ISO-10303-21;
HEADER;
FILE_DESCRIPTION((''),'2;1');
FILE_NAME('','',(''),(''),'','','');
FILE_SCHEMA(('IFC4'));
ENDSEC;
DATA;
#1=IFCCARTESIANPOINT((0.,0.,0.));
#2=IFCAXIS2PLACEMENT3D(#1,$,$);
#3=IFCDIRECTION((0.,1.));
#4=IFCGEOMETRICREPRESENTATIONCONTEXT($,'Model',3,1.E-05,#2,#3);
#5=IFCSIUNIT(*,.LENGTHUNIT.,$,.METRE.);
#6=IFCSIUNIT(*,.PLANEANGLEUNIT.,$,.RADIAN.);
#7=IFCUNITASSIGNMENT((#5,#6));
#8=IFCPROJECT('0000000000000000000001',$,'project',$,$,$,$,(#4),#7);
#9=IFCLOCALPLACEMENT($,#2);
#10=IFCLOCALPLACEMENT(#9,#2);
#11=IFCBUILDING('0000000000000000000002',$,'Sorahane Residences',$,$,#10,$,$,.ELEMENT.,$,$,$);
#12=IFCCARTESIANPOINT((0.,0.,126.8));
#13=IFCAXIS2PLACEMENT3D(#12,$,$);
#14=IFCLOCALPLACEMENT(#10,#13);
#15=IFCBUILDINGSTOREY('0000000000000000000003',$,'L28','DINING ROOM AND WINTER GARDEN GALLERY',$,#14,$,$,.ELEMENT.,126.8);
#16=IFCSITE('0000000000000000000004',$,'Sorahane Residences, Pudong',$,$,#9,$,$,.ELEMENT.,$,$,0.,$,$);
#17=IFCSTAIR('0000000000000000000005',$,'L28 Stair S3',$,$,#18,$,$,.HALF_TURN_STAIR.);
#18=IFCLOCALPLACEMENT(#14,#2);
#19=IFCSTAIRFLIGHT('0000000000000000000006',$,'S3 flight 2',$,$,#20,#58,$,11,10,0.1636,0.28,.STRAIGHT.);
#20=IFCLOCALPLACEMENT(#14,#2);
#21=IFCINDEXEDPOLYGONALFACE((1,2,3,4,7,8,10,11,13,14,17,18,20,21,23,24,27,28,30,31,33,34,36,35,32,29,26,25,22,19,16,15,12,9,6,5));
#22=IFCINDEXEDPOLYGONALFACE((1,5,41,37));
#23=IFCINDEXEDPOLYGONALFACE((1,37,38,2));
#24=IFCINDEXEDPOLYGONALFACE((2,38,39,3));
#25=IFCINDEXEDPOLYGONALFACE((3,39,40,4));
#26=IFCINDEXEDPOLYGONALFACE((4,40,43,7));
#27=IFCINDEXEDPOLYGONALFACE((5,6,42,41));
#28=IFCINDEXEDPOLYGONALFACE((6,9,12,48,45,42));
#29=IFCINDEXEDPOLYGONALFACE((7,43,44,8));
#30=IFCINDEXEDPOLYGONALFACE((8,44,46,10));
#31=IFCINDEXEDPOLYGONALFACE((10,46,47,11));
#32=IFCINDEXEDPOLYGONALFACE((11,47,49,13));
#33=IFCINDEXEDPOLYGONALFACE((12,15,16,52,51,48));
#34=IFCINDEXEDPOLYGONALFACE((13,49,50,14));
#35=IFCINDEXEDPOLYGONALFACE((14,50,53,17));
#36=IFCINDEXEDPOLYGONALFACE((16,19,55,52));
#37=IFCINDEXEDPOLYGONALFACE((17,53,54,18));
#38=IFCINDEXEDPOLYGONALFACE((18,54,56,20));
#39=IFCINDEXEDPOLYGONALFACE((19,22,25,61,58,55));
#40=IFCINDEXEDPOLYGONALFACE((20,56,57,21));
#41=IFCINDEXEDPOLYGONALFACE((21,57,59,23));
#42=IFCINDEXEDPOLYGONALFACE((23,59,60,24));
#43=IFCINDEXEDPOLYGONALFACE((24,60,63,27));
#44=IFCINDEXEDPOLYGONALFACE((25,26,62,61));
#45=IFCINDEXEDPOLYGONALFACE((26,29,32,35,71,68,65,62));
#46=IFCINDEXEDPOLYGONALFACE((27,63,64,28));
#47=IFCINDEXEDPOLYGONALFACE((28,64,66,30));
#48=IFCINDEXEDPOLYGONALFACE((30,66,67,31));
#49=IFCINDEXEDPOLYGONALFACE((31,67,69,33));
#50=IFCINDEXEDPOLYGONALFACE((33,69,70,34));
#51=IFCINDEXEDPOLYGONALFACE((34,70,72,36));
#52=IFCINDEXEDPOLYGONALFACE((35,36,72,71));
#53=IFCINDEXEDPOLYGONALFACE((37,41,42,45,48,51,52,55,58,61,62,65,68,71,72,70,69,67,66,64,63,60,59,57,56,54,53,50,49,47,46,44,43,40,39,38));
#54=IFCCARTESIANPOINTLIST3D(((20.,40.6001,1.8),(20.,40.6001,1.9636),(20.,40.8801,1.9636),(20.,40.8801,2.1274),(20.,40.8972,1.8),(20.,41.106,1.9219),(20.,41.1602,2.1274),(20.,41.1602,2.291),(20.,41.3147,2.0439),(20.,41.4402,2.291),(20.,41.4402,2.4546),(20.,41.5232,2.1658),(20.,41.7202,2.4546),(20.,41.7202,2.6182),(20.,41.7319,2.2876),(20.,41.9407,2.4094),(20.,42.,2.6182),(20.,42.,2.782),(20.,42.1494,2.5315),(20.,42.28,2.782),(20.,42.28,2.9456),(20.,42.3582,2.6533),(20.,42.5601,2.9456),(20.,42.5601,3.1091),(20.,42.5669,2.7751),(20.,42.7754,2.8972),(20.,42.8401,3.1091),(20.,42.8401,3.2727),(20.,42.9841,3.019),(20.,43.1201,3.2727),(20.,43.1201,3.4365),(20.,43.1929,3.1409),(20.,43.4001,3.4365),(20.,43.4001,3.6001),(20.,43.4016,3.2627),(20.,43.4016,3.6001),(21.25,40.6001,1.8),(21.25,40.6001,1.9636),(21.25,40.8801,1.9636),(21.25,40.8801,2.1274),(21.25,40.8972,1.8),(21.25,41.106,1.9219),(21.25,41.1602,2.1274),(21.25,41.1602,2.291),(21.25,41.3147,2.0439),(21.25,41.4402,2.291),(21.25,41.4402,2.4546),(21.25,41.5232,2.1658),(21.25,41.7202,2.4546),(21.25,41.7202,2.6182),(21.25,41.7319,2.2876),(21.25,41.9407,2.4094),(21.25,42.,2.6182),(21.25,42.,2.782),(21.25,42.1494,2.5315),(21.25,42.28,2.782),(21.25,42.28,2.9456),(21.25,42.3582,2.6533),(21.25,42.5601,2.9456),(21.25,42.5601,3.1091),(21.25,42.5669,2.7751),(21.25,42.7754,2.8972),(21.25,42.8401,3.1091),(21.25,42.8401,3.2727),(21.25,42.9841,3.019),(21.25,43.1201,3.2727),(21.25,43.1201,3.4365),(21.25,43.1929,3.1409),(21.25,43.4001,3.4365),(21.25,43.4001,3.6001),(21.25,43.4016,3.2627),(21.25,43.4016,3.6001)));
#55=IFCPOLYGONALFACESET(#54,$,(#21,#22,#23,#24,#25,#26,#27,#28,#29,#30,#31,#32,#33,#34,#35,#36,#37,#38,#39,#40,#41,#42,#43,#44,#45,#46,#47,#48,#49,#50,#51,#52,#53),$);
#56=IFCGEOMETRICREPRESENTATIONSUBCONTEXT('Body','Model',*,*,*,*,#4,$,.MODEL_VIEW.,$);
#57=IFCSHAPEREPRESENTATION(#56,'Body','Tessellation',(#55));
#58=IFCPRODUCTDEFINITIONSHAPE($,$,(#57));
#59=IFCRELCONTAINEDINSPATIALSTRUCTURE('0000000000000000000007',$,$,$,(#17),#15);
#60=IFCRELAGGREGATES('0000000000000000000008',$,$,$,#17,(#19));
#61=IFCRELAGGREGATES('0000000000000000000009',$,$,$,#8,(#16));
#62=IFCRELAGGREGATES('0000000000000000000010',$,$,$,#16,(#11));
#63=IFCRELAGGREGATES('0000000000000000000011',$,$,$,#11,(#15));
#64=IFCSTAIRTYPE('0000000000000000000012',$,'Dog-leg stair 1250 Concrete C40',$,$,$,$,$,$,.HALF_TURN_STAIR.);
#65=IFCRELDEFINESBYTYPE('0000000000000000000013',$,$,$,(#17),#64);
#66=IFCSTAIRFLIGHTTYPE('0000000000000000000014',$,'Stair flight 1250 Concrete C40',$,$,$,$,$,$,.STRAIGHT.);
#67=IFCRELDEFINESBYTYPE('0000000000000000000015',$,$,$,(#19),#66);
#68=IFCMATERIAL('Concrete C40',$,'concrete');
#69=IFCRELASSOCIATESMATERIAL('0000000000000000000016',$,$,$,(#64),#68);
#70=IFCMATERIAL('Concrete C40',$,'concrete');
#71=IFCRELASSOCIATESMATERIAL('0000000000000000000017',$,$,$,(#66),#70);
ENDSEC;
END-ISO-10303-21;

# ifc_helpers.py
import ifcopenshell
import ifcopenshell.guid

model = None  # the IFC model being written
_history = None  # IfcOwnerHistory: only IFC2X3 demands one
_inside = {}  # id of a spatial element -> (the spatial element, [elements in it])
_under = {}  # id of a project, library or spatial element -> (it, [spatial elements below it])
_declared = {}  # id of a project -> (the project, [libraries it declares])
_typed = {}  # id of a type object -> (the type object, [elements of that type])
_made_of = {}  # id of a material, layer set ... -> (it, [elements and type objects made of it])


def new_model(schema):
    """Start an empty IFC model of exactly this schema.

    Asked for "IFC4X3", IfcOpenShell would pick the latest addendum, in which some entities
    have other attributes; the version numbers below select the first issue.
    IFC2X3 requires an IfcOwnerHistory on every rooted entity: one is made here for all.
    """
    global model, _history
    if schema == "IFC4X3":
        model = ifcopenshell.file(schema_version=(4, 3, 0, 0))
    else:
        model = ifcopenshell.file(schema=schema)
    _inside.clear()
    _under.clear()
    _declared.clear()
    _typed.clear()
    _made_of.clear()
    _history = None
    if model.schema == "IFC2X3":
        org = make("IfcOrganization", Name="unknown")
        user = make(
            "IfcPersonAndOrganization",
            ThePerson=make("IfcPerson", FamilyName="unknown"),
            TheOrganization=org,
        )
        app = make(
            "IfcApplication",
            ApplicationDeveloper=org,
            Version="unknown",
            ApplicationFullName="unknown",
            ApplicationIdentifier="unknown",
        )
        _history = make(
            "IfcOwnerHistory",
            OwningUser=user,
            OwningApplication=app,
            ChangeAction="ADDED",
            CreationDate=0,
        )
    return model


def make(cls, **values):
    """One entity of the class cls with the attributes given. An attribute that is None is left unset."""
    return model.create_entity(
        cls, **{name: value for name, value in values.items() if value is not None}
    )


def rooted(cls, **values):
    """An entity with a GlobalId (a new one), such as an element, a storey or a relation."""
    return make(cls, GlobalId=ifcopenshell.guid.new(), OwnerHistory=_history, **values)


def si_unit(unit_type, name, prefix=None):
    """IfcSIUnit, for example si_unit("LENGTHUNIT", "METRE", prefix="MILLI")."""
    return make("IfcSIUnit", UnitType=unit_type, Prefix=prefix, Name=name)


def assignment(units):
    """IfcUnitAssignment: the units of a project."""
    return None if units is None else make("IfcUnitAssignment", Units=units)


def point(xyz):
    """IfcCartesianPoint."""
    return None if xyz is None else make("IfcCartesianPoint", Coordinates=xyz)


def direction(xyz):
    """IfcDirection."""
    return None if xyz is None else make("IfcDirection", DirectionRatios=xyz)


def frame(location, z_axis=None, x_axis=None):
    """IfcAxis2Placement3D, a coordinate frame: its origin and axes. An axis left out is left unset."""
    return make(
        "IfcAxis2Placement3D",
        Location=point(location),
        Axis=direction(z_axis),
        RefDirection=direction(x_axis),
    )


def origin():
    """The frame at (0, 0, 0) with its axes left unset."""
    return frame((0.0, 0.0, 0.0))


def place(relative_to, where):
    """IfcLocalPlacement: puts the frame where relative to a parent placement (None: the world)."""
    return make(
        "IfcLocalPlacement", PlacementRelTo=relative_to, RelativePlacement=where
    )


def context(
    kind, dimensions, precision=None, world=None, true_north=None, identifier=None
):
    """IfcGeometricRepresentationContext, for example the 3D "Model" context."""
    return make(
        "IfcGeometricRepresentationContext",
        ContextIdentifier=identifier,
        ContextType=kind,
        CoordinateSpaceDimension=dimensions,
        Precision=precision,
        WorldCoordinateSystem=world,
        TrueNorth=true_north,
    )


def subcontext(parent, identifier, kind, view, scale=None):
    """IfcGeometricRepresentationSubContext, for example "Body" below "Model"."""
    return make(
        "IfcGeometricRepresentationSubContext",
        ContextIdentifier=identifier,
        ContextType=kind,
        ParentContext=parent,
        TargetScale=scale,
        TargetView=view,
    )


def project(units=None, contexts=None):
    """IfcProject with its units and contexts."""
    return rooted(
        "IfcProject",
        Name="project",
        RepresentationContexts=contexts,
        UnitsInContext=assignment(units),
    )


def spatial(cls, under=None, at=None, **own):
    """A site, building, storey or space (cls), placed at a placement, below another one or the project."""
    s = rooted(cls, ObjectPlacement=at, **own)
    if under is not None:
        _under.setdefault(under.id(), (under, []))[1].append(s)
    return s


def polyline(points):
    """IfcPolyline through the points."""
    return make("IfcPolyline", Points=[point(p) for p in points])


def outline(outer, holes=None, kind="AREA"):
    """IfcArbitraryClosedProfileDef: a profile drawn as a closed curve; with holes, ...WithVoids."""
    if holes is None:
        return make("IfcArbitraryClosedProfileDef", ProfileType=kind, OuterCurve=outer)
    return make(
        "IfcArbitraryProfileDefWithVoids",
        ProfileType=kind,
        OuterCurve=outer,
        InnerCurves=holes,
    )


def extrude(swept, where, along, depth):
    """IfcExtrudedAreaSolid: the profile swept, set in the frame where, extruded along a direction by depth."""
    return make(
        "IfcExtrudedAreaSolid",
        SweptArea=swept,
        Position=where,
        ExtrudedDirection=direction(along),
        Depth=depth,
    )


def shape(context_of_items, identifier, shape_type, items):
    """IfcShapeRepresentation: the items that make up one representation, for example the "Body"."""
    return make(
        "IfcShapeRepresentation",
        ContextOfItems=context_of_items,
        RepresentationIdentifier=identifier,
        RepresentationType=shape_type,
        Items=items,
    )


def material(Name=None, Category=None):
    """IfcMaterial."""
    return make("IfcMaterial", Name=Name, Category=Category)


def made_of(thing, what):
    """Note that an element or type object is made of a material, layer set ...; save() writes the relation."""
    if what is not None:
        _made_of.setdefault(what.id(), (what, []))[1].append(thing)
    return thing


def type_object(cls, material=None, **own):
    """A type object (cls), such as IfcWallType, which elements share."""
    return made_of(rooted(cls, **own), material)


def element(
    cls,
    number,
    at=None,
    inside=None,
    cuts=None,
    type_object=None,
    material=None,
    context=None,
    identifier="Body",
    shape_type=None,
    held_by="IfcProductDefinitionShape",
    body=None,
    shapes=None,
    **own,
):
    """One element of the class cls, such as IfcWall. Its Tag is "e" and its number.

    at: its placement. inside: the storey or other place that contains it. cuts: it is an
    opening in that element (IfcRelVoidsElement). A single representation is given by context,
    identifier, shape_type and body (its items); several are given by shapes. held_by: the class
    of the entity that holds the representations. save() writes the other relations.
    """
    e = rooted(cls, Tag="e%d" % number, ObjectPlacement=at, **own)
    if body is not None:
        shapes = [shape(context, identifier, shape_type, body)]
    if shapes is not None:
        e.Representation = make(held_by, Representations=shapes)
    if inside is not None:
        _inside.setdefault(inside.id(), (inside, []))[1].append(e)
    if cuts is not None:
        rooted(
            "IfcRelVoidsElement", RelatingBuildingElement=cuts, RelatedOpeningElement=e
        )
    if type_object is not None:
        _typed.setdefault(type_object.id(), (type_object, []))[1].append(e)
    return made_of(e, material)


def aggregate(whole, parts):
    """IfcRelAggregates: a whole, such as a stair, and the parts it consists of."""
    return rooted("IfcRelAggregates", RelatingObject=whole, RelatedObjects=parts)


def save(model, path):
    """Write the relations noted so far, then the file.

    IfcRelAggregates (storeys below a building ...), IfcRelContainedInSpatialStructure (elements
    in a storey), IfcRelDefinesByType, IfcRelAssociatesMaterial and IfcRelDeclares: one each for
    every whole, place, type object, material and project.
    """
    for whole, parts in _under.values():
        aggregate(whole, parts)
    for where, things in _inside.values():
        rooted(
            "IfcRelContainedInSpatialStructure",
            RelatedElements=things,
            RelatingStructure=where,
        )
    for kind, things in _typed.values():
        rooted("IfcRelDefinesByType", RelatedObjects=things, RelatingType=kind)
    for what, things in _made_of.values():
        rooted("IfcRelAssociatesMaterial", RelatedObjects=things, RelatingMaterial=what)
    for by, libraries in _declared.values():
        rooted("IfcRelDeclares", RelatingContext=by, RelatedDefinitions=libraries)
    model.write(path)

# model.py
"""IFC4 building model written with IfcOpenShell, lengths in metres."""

from ifc_helpers import new_model, si_unit, direction, frame, origin, place, context, subcontext, project, spatial, polyline, outline, extrude, material, type_object, element, aggregate, save


model = new_model("IFC4")

# Units and contexts
model_context = context("Model", 3, precision=1e-05, world=origin(), true_north=direction((0.0, 1.0)))
body_context = subcontext(model_context, "Body", "Model", "MODEL_VIEW")
ifc_project = project(units=[si_unit("LENGTHUNIT", "METRE"), si_unit("PLANEANGLEUNIT", "RADIAN")], contexts=[model_context])

# Site, building, storey
site_placement = place(None, origin())
site = spatial("IfcSite", under=ifc_project, at=site_placement, Name="Sorahane Residences, Pudong", CompositionType="ELEMENT", RefElevation=0.0)
building_placement = place(site_placement, origin())
building = spatial("IfcBuilding", under=site, at=building_placement, Name="Sorahane Residences", CompositionType="ELEMENT")
storey_placement = place(building_placement, frame((0.0, 0.0, 126.8)))
storey = spatial("IfcBuildingStorey", under=building, at=storey_placement, Name="L28", Description="DINING ROOM AND WINTER GARDEN GALLERY", CompositionType="ELEMENT", Elevation=126.8)

# Stair, stair flight
ifc_material_1 = material(Name="Concrete C40", Category="concrete")
stair_type = type_object("IfcStairType", Name="Dog-leg stair 1250 Concrete C40", PredefinedType="HALF_TURN_STAIR", material=ifc_material_1)
stair_placement = place(storey_placement, origin())
stair = element("IfcStair", 1, at=stair_placement, inside=storey, type_object=stair_type, Name="L28 Stair S3", PredefinedType="HALF_TURN_STAIR")
ifc_material_2 = material(Name="Concrete C40", Category="concrete")
stair_flight_type = type_object("IfcStairFlightType", Name="Stair flight 1250 Concrete C40", PredefinedType="STRAIGHT", material=ifc_material_2)
stair_flight_placement = place(storey_placement, frame((20.625, 40.6001, 1.8), z_axis=(0.0, 0.0, 1.0), x_axis=(0.0, 1.0, 0.0)))
stair_flight = element("IfcStairFlight", 2, at=stair_flight_placement, type_object=stair_flight_type, Name="S3 flight 2", NumberOfRisers=11, NumberOfTreads=10, PredefinedType="STRAIGHT", RiserHeight=0.1636, TreadLength=0.28, context=body_context, shape_type="SweptSolid", body=[
    extrude(outline(polyline([(0.0, 0.0), (0.0, 0.1636), (0.28, 0.1636), (0.28, 0.3274), (0.5601, 0.3274), (0.5601, 0.491), (0.8401, 0.491), (0.8401, 0.6545), (1.1201, 0.6545), (1.1201, 0.8181), (1.3999, 0.8181), (1.3999, 0.9819), (1.6799, 0.9819), (1.6799, 1.1455), (1.96, 1.1455), (1.96, 1.3091), (2.24, 1.3091), (2.24, 1.4727), (2.52, 1.4727), (2.52, 1.6365), (2.8, 1.6365), (2.8, 1.8), (2.8015, 1.8), (2.8015, 1.4626), (2.5928, 1.3408), (2.384, 1.219), (2.1753, 1.0972), (1.9668, 0.9751), (1.7581, 0.8533), (1.5493, 0.7314), (1.3406, 0.6094), (1.1318, 0.4875), (0.9231, 0.3657), (0.7146, 0.2439), (0.5059, 0.1218), (0.2971, 0.0), (0.0, 0.0)])), frame((0.0, 0.625, 0.0), z_axis=(0.0, -1.0, 0.0), x_axis=(1.0, 0.0, 0.0)), (0.0, 0.0, 1.0), 1.25),
])
aggregate(stair, [stair_flight])

save(model, "model.ifc")
